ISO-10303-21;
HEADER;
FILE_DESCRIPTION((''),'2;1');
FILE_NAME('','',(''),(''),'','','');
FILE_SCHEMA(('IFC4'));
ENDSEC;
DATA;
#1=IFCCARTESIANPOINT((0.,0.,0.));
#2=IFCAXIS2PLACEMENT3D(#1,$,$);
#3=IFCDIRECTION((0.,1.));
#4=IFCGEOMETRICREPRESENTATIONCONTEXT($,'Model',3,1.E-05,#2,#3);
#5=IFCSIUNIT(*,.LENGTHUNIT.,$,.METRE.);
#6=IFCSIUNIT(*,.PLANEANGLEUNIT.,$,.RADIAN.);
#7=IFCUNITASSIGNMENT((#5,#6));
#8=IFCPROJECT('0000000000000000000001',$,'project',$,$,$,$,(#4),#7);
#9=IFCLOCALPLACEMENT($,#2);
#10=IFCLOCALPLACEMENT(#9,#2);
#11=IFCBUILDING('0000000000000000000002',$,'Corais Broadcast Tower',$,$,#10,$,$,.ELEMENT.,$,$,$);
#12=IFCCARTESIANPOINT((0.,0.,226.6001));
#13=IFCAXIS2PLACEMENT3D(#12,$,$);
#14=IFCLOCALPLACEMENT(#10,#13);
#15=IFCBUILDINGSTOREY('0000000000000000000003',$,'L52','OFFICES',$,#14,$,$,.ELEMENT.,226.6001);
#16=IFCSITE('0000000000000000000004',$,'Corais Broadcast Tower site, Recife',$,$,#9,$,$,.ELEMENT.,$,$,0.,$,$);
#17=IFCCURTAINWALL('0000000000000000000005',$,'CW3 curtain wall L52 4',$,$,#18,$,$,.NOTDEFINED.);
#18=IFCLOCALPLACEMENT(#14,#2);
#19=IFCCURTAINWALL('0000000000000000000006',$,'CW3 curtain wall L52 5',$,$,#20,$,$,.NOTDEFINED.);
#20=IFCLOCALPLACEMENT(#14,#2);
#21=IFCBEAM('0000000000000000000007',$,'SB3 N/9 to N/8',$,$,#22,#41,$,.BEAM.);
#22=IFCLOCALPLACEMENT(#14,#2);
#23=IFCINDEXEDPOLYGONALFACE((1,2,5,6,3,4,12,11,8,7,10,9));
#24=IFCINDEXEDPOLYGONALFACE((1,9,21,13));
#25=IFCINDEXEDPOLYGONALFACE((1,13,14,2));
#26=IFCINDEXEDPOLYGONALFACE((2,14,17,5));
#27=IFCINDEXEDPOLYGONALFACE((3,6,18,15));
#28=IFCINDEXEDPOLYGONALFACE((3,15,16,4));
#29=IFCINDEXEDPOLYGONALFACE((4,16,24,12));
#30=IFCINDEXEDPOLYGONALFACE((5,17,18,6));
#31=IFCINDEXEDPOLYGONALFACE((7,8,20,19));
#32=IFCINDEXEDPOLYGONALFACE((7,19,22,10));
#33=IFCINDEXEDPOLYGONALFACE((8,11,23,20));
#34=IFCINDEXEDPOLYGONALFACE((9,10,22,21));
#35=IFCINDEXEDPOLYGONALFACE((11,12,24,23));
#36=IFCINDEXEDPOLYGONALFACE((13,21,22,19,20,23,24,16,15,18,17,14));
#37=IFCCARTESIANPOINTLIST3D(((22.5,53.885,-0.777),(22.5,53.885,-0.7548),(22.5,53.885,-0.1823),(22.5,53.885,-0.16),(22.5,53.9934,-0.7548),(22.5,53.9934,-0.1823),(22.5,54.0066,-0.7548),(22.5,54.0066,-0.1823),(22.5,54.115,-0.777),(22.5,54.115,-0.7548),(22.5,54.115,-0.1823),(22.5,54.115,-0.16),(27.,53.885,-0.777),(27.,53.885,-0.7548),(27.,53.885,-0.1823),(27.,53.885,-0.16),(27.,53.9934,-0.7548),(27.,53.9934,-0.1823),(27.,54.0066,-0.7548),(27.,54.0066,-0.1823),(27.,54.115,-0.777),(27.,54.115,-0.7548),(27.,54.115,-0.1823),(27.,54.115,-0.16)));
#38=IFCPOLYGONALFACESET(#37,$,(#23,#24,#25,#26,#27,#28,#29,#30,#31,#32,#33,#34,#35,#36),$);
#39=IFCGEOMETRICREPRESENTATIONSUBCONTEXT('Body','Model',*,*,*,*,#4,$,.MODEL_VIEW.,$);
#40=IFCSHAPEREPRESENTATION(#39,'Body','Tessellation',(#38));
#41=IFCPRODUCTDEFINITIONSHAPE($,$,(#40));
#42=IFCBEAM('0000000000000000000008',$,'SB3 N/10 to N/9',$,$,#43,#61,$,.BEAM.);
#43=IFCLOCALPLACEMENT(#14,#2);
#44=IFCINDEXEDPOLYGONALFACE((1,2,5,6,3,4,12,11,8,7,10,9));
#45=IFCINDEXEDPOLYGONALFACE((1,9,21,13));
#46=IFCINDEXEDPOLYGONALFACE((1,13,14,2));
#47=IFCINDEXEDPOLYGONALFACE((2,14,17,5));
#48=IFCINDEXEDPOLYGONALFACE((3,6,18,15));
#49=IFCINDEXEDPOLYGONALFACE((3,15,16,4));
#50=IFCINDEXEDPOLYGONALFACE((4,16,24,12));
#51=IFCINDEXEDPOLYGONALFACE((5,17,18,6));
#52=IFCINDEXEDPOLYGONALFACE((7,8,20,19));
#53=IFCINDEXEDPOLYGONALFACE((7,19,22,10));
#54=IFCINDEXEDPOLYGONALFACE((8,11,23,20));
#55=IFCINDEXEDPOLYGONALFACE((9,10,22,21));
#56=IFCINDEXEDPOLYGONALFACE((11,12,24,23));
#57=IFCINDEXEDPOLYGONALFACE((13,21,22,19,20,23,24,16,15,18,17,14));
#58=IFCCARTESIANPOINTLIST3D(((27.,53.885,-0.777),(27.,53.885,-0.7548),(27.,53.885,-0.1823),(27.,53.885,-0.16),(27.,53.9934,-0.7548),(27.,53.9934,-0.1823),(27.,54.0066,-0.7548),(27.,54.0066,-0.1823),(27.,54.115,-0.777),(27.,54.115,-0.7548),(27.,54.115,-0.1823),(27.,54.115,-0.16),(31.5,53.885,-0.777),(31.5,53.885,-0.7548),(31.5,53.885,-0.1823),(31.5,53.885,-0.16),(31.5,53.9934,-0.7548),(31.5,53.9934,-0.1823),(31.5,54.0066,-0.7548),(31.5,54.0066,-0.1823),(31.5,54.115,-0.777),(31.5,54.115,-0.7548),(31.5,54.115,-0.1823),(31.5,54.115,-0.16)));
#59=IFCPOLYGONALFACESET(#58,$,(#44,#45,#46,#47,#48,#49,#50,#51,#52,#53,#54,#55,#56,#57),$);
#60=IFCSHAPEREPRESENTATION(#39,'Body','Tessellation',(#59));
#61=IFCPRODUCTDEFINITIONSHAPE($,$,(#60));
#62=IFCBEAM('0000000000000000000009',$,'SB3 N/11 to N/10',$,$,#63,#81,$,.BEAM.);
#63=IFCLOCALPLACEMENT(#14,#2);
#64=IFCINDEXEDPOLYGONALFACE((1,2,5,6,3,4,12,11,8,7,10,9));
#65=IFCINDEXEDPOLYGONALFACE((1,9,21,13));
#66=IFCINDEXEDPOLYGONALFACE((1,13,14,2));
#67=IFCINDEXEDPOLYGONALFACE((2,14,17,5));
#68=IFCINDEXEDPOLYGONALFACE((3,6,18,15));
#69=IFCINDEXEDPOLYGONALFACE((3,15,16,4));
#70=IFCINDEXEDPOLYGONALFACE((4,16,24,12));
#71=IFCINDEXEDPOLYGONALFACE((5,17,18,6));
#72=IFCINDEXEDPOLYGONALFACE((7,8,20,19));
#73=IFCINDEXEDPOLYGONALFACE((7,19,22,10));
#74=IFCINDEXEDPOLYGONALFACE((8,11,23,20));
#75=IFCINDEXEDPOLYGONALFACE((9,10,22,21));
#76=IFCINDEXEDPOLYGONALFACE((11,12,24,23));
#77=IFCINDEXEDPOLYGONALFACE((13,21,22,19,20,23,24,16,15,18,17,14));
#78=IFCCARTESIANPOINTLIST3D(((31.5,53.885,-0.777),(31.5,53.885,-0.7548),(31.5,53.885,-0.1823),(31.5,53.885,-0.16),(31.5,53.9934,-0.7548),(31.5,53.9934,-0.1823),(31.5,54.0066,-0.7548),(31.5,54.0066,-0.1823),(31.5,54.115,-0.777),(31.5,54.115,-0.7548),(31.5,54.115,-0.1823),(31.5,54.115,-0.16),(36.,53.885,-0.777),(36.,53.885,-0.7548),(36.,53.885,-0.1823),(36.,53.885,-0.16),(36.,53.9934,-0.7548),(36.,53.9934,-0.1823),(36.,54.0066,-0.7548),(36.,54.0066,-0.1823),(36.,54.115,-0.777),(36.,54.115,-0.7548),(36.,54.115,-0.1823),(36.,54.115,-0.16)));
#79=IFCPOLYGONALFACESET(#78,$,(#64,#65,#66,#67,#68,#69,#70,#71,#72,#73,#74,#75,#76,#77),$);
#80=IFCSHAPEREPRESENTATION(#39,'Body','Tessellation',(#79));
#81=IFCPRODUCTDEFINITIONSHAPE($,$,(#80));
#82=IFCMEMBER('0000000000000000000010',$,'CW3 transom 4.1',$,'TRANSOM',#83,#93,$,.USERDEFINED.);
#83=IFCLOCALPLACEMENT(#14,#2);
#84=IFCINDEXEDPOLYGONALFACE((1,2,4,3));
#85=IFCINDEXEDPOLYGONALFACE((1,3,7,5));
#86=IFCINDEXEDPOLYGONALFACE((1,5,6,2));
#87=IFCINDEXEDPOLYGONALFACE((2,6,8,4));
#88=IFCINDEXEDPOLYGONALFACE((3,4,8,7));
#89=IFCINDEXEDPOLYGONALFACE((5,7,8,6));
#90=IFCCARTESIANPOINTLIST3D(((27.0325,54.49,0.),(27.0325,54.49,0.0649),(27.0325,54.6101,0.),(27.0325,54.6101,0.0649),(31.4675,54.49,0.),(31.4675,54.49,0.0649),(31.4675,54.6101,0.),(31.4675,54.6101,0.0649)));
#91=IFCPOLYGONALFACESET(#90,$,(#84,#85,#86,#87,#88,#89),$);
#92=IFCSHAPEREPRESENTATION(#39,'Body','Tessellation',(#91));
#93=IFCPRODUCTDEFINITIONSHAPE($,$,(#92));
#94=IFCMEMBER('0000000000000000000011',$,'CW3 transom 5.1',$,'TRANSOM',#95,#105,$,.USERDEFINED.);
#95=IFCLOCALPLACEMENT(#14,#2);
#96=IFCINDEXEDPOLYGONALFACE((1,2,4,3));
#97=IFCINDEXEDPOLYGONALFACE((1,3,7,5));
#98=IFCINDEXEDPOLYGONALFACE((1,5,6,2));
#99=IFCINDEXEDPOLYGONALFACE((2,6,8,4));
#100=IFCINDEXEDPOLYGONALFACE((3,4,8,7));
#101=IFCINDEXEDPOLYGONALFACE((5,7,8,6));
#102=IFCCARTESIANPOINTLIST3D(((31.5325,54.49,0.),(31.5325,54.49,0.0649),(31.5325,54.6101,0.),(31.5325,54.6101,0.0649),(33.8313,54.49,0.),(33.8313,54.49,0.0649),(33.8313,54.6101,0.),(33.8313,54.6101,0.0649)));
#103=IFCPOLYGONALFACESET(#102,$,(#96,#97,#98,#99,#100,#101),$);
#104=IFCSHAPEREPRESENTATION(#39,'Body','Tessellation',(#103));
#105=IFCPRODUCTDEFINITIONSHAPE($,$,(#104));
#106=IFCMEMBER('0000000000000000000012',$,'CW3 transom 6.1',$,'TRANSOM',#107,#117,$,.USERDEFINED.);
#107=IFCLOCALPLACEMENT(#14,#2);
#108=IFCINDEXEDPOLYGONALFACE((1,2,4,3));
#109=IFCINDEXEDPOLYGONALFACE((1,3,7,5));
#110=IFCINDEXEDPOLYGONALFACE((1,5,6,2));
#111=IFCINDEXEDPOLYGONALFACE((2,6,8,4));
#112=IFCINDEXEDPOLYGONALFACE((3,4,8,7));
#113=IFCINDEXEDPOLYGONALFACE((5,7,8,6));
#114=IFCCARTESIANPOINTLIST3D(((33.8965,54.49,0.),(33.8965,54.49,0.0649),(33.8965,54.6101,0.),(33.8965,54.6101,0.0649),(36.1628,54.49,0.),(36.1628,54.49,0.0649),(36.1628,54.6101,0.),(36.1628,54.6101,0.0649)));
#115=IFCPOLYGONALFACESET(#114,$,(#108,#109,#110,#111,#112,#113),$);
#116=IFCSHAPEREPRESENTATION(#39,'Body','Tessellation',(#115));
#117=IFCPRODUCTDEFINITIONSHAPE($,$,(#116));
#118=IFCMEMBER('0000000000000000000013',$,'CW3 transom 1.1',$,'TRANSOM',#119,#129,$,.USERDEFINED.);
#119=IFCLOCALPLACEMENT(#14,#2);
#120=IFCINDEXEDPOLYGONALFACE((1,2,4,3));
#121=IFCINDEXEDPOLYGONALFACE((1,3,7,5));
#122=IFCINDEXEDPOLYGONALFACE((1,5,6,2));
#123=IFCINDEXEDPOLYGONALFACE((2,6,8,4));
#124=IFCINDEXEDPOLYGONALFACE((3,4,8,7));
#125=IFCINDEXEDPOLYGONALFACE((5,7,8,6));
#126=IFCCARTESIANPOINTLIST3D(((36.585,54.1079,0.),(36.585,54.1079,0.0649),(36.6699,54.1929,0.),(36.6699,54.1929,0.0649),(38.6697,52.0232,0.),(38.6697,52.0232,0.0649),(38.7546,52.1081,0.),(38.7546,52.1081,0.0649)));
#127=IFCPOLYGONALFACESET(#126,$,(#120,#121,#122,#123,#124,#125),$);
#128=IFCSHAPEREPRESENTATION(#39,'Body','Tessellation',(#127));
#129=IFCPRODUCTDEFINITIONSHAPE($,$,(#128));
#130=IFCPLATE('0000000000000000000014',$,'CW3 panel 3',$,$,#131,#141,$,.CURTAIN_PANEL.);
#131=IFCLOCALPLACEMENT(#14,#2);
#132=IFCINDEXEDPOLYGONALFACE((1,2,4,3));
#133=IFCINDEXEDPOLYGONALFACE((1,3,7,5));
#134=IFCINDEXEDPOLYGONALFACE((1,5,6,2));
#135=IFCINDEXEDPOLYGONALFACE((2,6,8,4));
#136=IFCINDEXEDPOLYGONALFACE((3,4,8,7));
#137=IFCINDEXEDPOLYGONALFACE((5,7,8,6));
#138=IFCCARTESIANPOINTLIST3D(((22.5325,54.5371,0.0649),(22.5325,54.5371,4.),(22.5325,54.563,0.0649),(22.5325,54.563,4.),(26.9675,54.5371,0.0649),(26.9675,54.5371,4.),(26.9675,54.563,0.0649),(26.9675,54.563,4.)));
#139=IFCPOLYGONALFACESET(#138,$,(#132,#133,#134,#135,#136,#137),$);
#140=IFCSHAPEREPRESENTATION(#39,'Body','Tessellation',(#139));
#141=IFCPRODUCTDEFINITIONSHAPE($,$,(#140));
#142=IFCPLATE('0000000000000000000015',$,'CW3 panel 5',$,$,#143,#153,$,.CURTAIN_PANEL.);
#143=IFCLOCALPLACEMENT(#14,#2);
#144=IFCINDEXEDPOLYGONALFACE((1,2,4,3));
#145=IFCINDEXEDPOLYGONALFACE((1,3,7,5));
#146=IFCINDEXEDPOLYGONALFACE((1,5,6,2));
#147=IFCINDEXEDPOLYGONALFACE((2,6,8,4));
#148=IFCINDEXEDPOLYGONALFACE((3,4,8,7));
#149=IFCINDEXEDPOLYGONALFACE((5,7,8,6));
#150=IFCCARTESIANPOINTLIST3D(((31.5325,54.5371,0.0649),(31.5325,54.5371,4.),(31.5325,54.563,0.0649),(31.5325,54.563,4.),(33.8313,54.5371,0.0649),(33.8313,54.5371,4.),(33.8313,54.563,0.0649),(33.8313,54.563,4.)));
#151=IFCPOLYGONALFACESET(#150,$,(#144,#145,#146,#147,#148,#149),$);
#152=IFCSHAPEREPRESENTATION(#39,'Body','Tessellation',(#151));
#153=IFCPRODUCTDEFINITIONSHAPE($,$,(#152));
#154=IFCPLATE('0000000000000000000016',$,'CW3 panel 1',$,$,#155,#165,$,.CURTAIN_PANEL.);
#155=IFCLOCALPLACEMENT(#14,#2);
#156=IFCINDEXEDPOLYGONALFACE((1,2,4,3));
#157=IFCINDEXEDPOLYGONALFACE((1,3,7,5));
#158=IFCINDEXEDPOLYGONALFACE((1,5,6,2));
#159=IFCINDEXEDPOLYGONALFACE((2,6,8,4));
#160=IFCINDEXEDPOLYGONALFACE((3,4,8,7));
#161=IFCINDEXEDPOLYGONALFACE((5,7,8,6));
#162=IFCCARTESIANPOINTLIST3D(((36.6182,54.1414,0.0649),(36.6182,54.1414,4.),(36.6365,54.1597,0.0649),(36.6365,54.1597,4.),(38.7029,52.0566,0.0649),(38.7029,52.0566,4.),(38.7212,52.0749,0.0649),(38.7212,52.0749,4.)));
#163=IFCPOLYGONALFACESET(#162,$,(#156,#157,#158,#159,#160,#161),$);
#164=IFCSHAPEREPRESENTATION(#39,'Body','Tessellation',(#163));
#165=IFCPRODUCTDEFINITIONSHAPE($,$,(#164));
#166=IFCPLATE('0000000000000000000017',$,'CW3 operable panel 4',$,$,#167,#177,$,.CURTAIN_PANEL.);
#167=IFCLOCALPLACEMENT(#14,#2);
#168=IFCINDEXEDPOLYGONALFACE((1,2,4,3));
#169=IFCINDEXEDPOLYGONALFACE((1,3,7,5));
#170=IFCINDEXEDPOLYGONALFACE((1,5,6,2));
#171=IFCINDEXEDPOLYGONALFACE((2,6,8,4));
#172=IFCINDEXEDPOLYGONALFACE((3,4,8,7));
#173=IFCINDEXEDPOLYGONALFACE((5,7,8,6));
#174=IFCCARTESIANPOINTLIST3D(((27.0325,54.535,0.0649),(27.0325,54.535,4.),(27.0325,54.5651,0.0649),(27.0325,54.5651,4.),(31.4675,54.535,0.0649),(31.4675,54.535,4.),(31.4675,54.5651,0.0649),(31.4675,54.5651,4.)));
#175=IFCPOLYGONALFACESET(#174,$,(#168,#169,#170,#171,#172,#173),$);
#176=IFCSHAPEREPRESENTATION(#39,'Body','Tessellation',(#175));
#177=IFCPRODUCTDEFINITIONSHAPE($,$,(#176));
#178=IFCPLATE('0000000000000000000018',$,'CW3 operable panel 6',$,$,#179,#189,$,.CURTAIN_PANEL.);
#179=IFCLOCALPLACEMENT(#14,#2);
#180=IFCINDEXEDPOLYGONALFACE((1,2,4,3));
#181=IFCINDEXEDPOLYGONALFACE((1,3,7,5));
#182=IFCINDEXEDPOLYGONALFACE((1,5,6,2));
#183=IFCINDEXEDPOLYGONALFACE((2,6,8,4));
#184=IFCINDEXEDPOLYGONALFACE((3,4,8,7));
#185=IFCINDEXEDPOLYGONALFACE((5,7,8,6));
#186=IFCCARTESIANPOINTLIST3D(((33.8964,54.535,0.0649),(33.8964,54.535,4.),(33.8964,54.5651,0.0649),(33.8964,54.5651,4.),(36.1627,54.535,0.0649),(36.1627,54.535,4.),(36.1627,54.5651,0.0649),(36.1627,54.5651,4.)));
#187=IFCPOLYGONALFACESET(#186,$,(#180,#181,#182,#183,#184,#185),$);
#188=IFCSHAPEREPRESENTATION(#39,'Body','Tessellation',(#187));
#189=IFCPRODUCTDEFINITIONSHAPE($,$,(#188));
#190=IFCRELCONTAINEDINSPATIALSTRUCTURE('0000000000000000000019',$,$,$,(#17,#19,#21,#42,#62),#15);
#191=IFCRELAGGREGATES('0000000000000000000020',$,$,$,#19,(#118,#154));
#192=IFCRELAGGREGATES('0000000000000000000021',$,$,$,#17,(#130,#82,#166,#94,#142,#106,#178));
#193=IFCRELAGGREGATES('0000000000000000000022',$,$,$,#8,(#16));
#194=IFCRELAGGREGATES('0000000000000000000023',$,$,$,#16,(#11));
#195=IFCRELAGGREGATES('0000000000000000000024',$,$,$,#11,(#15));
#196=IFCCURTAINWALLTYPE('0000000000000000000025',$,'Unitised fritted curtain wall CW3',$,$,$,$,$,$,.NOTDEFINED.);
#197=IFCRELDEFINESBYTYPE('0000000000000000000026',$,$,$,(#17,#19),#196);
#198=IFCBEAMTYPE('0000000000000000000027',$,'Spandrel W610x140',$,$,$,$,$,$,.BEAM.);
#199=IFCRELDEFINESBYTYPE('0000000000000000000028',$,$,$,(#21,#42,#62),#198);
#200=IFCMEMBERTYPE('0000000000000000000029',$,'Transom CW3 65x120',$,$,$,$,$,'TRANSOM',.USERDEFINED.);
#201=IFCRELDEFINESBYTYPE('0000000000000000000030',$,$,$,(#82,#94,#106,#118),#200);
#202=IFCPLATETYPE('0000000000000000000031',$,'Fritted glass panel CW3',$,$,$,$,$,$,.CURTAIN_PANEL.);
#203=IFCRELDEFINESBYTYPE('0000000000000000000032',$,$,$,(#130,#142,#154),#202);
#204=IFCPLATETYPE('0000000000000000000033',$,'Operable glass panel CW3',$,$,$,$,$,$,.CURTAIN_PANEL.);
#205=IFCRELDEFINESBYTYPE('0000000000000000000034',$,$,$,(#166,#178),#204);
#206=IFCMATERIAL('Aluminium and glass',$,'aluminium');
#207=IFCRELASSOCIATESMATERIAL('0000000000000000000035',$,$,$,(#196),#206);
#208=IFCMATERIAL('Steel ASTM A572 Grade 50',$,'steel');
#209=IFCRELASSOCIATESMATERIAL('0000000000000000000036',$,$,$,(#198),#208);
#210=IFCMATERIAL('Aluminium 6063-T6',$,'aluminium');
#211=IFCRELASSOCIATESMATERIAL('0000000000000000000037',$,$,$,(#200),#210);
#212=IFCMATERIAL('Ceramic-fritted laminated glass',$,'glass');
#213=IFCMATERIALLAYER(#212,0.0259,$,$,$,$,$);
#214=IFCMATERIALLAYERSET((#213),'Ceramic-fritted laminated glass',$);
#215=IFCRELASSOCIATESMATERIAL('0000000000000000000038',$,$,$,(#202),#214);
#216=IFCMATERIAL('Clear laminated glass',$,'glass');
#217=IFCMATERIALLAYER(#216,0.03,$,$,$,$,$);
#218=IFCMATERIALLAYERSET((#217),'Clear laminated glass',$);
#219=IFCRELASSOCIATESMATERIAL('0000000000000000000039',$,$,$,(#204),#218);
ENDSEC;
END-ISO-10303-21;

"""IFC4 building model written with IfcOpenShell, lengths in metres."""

from ifc_helpers import new_model, si_unit, direction, frame, origin, origin_2d, place, context, subcontext, project, spatial, rectangle, i_section, extrude, material, layer, layer_set, material_profile, profile_set, type_object, element, aggregate, save


model = new_model("IFC4")

# Units and contexts
model_context = context("Model", 3, precision=1e-05, world=origin(), true_north=direction((0.0, 1.0)))
body_context = subcontext(model_context, "Body", "Model", "MODEL_VIEW")
ifc_project = project(units=[si_unit("LENGTHUNIT", "METRE"), si_unit("PLANEANGLEUNIT", "RADIAN")], contexts=[model_context])

# Site, building, storey
site_placement = place(None, origin())
site = spatial("IfcSite", under=ifc_project, at=site_placement, Name="Corais Broadcast Tower site, Recife", CompositionType="ELEMENT", RefElevation=0.0)
building_placement = place(site_placement, origin())
building = spatial("IfcBuilding", under=site, at=building_placement, Name="Corais Broadcast Tower", CompositionType="ELEMENT")
storey_placement = place(building_placement, frame((0.0, 0.0, 226.6001)))
storey = spatial("IfcBuildingStorey", under=building, at=storey_placement, Name="L52", Description="OFFICES", CompositionType="ELEMENT", Elevation=226.6001)

# Curtain wall
ifc_material_1 = material(Name="Aluminium and glass", Category="aluminium")
curtain_wall_type = type_object("IfcCurtainWallType", Name="Unitised fritted curtain wall CW3", PredefinedType="NOTDEFINED", material=ifc_material_1)
curtain_wall_1_placement = place(storey_placement, origin())
curtain_wall_1 = element("IfcCurtainWall", 1, at=curtain_wall_1_placement, inside=storey, type_object=curtain_wall_type, Name="CW3 curtain wall L52 4", PredefinedType="NOTDEFINED")

# Curtain wall
curtain_wall_2_placement = place(storey_placement, origin())
curtain_wall_2 = element("IfcCurtainWall", 2, at=curtain_wall_2_placement, inside=storey, type_object=curtain_wall_type, Name="CW3 curtain wall L52 5", PredefinedType="NOTDEFINED")

# Beams
ifc_material_2 = material(Name="Steel ASTM A572 Grade 50", Category="steel")
ifc_material_profile_1 = material_profile(ifc_material_2, i_section(OverallWidth=0.23, OverallDepth=0.6169, WebThickness=0.0132, FlangeThickness=0.0222, at=origin_2d()), Name="W610x140")
ifc_profile_set_1 = profile_set([ifc_material_profile_1], Name="Steel ASTM A572 Grade 50")
beam_type_1 = type_object("IfcBeamType", Name="Spandrel W610x140", PredefinedType="BEAM", material=ifc_profile_set_1)
for number, where, z_axis, x_axis, name in (
    (3, (27.0, 54.0, -0.4685), (-1.0, 0.0, 0.0), (0.0, -1.0, 0.0), "SB3 N/9 to N/8"),
    (4, (31.5, 54.0, -0.4685), (-1.0, 0.0, 0.0), (0.0, -1.0, 0.0), "SB3 N/10 to N/9"),
    (5, (36.0, 54.0, -0.4685), (-1.0, 0.0, 0.0), (0.0, -1.0, 0.0), "SB3 N/11 to N/10"),
):
    element("IfcBeam", number, at=place(storey_placement, frame(where, z_axis=z_axis, x_axis=x_axis)), inside=storey, type_object=beam_type_1, Name=name, PredefinedType="BEAM", context=body_context, shape_type="SweptSolid", body=[
        extrude(i_section(OverallWidth=0.23, OverallDepth=0.6169, WebThickness=0.0132, FlangeThickness=0.0222, at=origin_2d()), origin(), (0.0, 0.0, 1.0), 4.5),
    ])

# Members
ifc_material_3 = material(Name="Aluminium 6063-T6", Category="aluminium")
ifc_material_profile_2 = material_profile(ifc_material_3, rectangle(XDim=0.1201, YDim=0.0649, at=origin_2d()), Name="Transom CW3 65x120")
ifc_profile_set_2 = profile_set([ifc_material_profile_2], Name="Aluminium 6063-T6")
member_type_1 = type_object("IfcMemberType", Name="Transom CW3 65x120", ElementType="TRANSOM", PredefinedType="USERDEFINED", material=ifc_profile_set_2)
member_1_placement = place(storey_placement, frame((27.0325, 54.55, 0.0325), z_axis=(1.0, 0.0, 0.0), x_axis=(0.0, 1.0, 0.0)))
member_1 = element("IfcMember", 6, at=member_1_placement, type_object=member_type_1, Name="CW3 transom 4.1", ObjectType="TRANSOM", PredefinedType="USERDEFINED", context=body_context, shape_type="SweptSolid", body=[
    extrude(rectangle(XDim=0.1201, YDim=0.0649, at=origin_2d()), origin(), (0.0, 0.0, 1.0), 4.4351),
])
member_2_placement = place(storey_placement, frame((31.5325, 54.55, 0.0325), z_axis=(1.0, 0.0, 0.0), x_axis=(0.0, 1.0, 0.0)))
member_2 = element("IfcMember", 7, at=member_2_placement, type_object=member_type_1, Name="CW3 transom 5.1", ObjectType="TRANSOM", PredefinedType="USERDEFINED", context=body_context, shape_type="SweptSolid", body=[
    extrude(rectangle(XDim=0.1201, YDim=0.0649, at=origin_2d()), origin(), (0.0, 0.0, 1.0), 2.2988),
])
member_3_placement = place(storey_placement, frame((33.8965, 54.55, 0.0325), z_axis=(1.0, 0.0, 0.0), x_axis=(0.0, 1.0, 0.0)))
member_3 = element("IfcMember", 8, at=member_3_placement, type_object=member_type_1, Name="CW3 transom 6.1", ObjectType="TRANSOM", PredefinedType="USERDEFINED", context=body_context, shape_type="SweptSolid", body=[
    extrude(rectangle(XDim=0.1201, YDim=0.0649, at=origin_2d()), origin(), (0.0, 0.0, 1.0), 2.2664),
])
member_4_placement = place(storey_placement, frame((36.6274, 54.1504, 0.0325), z_axis=(0.707107, -0.707107, 0.0), x_axis=(0.707107, 0.707107, 0.0)))
member_4 = element("IfcMember", 9, at=member_4_placement, type_object=member_type_1, Name="CW3 transom 1.1", ObjectType="TRANSOM", PredefinedType="USERDEFINED", context=body_context, shape_type="SweptSolid", body=[
    extrude(rectangle(XDim=0.1201, YDim=0.0649, at=origin_2d()), origin(), (0.0, 0.0, 1.0), 2.9482),
])

# Plates
ifc_material_4 = material(Name="Ceramic-fritted laminated glass", Category="glass")
ifc_layer_1 = layer(ifc_material_4, 0.0259)
ifc_layer_set_1 = layer_set([ifc_layer_1], Name="Ceramic-fritted laminated glass")
plate_type_1 = type_object("IfcPlateType", Name="Fritted glass panel CW3", PredefinedType="CURTAIN_PANEL", material=ifc_layer_set_1)
plate_1_placement = place(storey_placement, frame((24.75, 54.55, 0.0649), z_axis=(0.0, 0.0, 1.0), x_axis=(1.0, 0.0, 0.0)))
plate_1 = element("IfcPlate", 10, at=plate_1_placement, type_object=plate_type_1, Name="CW3 panel 3", PredefinedType="CURTAIN_PANEL", context=body_context, shape_type="SweptSolid", body=[
    extrude(rectangle(XDim=4.4351, YDim=0.0259, at=origin_2d()), origin(), (0.0, 0.0, 1.0), 3.9351),
])
plate_2_placement = place(storey_placement, frame((32.6819, 54.55, 0.0649), z_axis=(0.0, 0.0, 1.0), x_axis=(1.0, 0.0, 0.0)))
plate_2 = element("IfcPlate", 11, at=plate_2_placement, type_object=plate_type_1, Name="CW3 panel 5", PredefinedType="CURTAIN_PANEL", context=body_context, shape_type="SweptSolid", body=[
    extrude(rectangle(XDim=2.2988, YDim=0.0259, at=origin_2d()), origin(), (0.0, 0.0, 1.0), 3.9351),
])
plate_3_placement = place(storey_placement, frame((37.6697, 53.1082, 0.0649), z_axis=(0.0, 0.0, 1.0), x_axis=(0.707107, -0.707107, 0.0)))
plate_3 = element("IfcPlate", 12, at=plate_3_placement, type_object=plate_type_1, Name="CW3 panel 1", PredefinedType="CURTAIN_PANEL", context=body_context, shape_type="SweptSolid", body=[
    extrude(rectangle(XDim=2.9482, YDim=0.0259, at=origin_2d()), origin(), (0.0, 0.0, 1.0), 3.9351),
])
aggregate(curtain_wall_2, [member_4, plate_3])
ifc_material_5 = material(Name="Clear laminated glass", Category="glass")
ifc_layer_2 = layer(ifc_material_5, 0.03)
ifc_layer_set_2 = layer_set([ifc_layer_2], Name="Clear laminated glass")
plate_type_2 = type_object("IfcPlateType", Name="Operable glass panel CW3", PredefinedType="CURTAIN_PANEL", material=ifc_layer_set_2)
plate_4_placement = place(storey_placement, frame((29.25, 54.55, 0.0649), z_axis=(0.0, 0.0, 1.0), x_axis=(1.0, 0.0, 0.0)))
plate_4 = element("IfcPlate", 13, at=plate_4_placement, type_object=plate_type_2, Name="CW3 operable panel 4", PredefinedType="CURTAIN_PANEL", context=body_context, shape_type="SweptSolid", body=[
    extrude(rectangle(XDim=4.4351, YDim=0.03, at=origin_2d()), origin(), (0.0, 0.0, 1.0), 3.9351),
])
plate_5_placement = place(storey_placement, frame((35.0295, 54.55, 0.0649), z_axis=(0.0, 0.0, 1.0), x_axis=(1.0, 0.0, 0.0)))
plate_5 = element("IfcPlate", 14, at=plate_5_placement, type_object=plate_type_2, Name="CW3 operable panel 6", PredefinedType="CURTAIN_PANEL", context=body_context, shape_type="SweptSolid", body=[
    extrude(rectangle(XDim=2.2664, YDim=0.03, at=origin_2d()), origin(), (0.0, 0.0, 1.0), 3.9351),
])
aggregate(curtain_wall_1, [plate_1, member_1, plate_4, member_2, plate_2, member_3, plate_5])

save(model, "model.ifc")
